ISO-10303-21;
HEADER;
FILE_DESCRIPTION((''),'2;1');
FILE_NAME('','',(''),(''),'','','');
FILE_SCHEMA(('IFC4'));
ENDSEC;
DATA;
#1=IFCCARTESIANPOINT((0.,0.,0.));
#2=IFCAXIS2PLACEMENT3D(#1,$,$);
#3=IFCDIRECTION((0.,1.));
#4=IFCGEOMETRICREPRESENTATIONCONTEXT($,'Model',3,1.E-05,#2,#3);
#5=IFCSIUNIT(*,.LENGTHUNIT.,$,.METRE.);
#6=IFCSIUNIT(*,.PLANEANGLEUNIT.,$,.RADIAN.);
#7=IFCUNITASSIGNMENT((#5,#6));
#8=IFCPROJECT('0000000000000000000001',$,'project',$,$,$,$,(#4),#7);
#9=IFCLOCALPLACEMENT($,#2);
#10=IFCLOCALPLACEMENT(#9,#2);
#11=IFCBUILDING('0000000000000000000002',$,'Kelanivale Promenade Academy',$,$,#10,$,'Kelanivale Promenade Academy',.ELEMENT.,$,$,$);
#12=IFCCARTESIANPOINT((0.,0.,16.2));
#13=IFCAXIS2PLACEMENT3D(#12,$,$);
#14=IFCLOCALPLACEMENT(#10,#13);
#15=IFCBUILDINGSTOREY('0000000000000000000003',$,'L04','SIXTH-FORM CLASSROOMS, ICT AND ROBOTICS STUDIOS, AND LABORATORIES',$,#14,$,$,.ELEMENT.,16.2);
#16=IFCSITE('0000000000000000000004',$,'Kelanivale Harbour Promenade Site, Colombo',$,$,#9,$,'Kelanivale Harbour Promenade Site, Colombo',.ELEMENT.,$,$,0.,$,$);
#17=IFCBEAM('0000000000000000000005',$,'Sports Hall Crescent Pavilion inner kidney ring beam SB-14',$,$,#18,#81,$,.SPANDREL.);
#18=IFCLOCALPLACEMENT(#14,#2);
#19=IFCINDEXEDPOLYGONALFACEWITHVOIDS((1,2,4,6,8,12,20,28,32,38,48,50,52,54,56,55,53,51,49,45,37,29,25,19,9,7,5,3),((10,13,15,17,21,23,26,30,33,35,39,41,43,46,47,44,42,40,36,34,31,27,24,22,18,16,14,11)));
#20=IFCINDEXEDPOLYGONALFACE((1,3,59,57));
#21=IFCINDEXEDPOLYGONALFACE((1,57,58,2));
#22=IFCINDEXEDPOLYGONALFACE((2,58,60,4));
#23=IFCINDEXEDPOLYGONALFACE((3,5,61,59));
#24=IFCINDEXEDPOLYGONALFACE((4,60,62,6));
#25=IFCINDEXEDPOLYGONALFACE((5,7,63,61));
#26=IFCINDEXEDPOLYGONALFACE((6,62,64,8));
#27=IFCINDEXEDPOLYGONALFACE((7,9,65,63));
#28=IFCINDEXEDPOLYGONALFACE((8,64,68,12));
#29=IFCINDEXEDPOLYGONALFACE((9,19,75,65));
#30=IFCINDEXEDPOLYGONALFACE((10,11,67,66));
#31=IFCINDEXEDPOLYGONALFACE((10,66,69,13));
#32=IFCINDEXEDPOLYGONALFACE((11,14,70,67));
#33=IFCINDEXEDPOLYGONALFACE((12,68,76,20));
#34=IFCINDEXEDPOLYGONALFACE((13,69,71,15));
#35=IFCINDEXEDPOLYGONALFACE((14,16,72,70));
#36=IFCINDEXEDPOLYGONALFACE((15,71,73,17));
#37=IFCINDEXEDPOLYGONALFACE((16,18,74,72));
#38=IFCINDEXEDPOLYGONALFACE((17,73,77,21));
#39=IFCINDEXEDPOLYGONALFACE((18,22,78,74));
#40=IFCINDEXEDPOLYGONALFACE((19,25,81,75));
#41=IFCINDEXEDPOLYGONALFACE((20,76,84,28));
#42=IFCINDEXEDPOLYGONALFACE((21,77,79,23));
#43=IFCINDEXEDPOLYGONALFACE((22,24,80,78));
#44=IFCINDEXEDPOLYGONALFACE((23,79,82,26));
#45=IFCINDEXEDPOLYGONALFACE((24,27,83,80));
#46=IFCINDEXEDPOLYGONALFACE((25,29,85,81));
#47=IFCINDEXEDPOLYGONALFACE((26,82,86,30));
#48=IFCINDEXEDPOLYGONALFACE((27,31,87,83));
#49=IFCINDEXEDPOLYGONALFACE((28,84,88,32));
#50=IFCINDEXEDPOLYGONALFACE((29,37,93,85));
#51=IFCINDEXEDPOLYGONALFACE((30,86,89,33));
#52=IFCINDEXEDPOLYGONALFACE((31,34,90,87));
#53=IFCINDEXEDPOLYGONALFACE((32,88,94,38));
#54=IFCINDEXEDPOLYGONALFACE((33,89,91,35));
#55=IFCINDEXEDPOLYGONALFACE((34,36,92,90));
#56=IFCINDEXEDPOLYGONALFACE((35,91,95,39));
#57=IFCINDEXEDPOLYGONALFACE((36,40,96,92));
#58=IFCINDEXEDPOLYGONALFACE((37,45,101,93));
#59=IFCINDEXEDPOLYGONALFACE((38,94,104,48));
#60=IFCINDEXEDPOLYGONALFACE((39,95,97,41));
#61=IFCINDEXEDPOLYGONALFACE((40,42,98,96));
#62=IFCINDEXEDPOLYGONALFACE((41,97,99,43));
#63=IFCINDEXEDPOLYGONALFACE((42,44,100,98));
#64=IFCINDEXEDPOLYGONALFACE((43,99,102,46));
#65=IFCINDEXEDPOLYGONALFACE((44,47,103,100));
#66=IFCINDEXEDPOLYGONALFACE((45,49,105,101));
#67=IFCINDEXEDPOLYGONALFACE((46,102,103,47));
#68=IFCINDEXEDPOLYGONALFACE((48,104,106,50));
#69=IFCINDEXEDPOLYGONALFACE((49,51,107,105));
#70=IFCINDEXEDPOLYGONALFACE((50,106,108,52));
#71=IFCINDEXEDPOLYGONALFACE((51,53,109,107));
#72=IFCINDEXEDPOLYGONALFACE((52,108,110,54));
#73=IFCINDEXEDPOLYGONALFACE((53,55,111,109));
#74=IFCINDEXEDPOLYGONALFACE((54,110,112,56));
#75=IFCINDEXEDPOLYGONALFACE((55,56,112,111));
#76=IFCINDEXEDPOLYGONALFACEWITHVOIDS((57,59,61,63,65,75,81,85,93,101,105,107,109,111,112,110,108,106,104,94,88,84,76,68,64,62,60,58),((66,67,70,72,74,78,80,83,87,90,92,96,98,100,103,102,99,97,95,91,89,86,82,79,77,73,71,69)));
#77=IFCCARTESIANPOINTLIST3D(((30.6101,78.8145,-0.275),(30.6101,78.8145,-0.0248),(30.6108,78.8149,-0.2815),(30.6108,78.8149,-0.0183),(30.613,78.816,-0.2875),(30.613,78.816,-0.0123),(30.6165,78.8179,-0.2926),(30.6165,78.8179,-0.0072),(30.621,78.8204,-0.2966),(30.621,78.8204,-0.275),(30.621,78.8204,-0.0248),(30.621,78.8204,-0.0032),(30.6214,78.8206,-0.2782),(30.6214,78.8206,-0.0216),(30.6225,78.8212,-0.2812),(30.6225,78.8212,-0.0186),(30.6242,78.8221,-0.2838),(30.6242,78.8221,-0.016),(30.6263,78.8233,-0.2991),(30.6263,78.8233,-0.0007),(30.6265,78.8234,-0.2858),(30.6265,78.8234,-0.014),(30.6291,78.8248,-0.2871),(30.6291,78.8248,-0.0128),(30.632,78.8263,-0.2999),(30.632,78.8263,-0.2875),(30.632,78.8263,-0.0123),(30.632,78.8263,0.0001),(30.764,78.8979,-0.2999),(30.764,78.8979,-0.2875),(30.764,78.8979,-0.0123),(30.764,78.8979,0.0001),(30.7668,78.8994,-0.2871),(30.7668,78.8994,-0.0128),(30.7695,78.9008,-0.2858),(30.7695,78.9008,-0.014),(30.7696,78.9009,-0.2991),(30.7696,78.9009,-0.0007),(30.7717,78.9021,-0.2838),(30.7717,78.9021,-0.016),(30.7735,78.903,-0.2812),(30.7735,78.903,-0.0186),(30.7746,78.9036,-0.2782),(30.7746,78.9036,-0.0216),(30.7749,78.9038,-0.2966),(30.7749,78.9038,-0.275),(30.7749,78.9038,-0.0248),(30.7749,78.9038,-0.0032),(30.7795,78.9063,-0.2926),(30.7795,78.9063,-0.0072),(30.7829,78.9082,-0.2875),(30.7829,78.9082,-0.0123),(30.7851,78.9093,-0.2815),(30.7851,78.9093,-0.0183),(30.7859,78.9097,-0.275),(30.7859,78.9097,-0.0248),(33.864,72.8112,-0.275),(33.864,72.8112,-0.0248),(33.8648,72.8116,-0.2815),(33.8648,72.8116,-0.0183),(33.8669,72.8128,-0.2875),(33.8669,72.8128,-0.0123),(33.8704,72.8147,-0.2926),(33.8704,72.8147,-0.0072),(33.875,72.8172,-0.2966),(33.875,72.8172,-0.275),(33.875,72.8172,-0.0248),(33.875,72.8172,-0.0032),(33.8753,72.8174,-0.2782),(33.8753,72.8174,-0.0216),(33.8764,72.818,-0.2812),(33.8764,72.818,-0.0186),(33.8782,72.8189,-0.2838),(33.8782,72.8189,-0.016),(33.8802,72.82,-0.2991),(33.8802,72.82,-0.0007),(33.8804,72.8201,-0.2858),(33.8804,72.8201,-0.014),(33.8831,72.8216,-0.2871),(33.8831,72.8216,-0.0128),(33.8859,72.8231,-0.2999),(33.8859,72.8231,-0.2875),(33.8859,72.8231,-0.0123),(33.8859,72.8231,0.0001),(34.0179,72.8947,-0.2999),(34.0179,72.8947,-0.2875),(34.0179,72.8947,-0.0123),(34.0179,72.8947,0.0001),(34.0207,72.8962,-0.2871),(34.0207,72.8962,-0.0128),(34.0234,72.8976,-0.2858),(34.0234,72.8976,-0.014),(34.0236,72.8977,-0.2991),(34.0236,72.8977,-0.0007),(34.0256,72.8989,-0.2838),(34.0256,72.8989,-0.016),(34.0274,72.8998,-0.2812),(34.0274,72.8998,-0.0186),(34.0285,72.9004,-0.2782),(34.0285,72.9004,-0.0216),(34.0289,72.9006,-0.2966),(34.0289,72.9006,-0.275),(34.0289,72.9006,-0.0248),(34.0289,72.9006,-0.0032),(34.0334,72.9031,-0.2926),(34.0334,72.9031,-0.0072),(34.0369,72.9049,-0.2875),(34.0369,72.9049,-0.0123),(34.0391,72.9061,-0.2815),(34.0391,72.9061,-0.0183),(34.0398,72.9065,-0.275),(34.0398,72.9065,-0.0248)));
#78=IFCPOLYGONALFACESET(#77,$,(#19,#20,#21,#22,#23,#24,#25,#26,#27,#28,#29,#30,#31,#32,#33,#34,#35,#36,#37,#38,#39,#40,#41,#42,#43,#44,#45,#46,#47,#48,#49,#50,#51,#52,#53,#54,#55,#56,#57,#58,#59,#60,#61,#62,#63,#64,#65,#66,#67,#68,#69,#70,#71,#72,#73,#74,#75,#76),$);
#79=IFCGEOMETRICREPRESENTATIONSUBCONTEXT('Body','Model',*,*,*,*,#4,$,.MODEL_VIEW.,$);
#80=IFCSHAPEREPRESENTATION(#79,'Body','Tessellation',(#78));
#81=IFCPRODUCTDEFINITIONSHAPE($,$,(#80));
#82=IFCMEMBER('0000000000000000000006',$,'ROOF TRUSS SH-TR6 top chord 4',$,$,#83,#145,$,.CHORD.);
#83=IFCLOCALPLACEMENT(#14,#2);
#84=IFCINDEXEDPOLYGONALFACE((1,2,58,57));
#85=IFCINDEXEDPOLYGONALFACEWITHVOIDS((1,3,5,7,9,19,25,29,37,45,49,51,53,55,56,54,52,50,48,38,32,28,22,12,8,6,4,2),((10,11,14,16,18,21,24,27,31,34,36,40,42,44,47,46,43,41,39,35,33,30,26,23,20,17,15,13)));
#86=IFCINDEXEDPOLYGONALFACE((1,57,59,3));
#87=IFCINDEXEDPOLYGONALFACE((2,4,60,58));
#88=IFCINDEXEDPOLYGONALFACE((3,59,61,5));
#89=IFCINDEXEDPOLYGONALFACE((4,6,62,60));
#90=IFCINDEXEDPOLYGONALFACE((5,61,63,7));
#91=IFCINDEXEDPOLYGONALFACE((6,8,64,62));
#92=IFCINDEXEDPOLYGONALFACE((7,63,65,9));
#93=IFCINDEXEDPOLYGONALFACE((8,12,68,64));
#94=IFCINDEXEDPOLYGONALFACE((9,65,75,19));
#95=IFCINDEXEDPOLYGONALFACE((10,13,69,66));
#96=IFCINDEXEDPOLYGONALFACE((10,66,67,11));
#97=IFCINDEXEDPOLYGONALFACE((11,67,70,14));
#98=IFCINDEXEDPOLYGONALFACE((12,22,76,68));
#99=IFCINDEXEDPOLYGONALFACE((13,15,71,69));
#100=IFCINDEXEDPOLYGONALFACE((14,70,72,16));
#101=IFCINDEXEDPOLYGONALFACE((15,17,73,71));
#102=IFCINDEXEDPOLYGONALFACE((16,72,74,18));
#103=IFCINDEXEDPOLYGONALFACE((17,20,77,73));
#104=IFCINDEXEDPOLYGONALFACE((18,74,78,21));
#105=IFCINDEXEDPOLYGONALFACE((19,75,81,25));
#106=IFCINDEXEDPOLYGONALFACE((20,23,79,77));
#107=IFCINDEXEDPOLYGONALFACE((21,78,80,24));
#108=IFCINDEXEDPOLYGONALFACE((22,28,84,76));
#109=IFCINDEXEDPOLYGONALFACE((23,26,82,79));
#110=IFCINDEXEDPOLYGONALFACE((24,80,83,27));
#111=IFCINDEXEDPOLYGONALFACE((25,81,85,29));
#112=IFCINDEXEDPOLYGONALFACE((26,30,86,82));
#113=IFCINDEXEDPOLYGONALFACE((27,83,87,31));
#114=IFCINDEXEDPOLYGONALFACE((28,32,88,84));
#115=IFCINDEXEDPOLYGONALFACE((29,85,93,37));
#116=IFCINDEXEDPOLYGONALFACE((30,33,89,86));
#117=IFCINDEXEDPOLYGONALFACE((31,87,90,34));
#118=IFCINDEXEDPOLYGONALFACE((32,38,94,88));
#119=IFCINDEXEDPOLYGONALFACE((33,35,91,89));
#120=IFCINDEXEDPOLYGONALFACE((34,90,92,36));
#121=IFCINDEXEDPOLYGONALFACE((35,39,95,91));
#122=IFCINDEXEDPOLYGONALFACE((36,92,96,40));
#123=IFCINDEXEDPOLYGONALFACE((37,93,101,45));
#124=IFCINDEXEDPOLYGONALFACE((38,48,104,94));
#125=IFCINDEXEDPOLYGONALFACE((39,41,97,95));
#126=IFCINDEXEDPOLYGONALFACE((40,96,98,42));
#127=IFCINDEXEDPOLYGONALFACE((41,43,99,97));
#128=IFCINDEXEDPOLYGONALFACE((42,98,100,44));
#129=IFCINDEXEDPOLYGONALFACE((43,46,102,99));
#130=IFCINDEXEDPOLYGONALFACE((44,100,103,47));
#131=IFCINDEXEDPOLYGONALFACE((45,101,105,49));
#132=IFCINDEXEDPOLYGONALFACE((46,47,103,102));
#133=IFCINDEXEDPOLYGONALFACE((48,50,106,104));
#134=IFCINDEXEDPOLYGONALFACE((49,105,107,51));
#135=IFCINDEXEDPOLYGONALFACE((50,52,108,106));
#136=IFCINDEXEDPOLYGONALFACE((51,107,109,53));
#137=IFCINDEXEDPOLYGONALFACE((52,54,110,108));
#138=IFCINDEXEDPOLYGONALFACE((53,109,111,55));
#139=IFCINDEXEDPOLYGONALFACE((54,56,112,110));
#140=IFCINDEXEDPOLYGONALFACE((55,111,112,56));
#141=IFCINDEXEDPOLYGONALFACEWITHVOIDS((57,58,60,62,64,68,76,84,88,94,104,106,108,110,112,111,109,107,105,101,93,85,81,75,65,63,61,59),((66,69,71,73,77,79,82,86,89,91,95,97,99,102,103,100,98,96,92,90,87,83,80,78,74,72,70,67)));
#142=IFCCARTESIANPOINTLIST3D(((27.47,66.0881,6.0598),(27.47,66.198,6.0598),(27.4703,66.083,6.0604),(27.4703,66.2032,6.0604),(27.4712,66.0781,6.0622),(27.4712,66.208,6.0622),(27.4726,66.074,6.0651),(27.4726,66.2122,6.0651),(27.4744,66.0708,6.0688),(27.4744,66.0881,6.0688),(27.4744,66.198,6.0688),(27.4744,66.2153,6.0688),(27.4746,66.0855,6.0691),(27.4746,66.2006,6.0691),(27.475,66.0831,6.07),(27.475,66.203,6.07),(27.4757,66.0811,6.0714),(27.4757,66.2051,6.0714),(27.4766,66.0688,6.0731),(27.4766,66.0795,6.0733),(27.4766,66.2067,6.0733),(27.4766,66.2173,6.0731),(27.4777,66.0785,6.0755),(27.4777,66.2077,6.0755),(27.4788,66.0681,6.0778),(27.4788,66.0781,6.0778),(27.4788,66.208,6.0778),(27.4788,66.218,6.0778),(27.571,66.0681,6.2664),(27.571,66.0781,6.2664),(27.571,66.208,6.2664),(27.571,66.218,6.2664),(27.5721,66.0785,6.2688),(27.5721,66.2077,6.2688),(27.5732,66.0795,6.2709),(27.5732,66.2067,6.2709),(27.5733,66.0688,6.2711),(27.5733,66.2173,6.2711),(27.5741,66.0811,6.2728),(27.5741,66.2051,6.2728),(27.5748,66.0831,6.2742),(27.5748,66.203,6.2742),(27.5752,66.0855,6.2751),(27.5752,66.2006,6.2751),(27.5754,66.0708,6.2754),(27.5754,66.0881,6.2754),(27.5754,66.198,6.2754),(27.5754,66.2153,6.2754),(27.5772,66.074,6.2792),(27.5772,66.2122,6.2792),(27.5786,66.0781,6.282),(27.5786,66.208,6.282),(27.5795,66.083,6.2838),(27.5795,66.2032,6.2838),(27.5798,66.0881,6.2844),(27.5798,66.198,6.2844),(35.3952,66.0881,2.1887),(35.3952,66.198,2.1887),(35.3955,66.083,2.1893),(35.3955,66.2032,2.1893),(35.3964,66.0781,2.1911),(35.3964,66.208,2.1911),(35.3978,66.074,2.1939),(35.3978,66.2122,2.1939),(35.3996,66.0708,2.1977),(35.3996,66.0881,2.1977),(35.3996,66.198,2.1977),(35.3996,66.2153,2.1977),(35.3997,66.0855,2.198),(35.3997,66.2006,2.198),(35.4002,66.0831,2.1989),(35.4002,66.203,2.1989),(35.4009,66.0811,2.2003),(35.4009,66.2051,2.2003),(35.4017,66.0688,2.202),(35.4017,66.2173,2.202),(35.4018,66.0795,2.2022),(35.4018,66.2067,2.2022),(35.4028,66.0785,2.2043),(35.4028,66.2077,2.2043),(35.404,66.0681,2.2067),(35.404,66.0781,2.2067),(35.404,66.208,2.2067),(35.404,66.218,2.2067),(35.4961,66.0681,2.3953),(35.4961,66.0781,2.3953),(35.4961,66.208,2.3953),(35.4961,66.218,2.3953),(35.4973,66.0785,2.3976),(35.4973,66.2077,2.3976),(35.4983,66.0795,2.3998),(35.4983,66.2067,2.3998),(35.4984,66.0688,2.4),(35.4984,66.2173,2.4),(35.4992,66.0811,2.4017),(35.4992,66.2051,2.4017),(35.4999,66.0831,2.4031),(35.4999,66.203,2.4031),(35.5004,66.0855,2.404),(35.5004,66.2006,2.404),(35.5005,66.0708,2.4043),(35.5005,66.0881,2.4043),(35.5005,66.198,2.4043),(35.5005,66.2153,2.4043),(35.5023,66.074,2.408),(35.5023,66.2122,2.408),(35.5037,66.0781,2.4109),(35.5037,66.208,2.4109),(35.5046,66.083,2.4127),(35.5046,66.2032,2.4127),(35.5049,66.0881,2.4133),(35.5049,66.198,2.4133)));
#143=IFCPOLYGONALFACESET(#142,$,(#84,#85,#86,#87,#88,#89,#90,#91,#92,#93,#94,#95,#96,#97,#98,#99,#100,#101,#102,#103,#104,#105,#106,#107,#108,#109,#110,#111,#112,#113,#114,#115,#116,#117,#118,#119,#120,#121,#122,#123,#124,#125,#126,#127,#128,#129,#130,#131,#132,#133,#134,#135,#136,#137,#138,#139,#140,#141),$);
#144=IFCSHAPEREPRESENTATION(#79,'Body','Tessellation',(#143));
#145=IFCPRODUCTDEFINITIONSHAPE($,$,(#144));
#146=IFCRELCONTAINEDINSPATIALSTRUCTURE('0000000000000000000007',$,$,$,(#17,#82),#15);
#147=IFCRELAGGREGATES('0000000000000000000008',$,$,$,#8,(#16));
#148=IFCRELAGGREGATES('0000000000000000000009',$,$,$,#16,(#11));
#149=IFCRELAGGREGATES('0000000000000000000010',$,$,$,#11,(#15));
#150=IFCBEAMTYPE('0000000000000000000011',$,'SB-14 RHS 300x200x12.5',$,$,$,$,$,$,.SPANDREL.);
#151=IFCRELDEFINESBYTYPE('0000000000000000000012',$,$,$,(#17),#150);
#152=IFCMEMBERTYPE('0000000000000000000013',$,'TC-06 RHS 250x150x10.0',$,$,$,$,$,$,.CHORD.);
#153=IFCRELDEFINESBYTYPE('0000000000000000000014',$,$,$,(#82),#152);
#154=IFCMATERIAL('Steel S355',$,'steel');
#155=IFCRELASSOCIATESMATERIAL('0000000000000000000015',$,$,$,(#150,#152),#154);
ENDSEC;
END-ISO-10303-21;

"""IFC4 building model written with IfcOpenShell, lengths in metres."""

from ifc_helpers import new_model, si_unit, direction, frame, origin, origin_2d, place, context, subcontext, project, spatial, hollow_rectangle, extrude, material, material_profile, profile_set, type_object, element, save


model = new_model("IFC4")

# Units and contexts
model_context = context("Model", 3, precision=1e-05, world=origin(), true_north=direction((0.0, 1.0)))
body_context = subcontext(model_context, "Body", "Model", "MODEL_VIEW")
ifc_project = project(units=[si_unit("LENGTHUNIT", "METRE"), si_unit("PLANEANGLEUNIT", "RADIAN")], contexts=[model_context])

# Site, building, storey
site_placement = place(None, origin())
site = spatial("IfcSite", under=ifc_project, at=site_placement, Name="Kelanivale Harbour Promenade Site, Colombo", LongName="Kelanivale Harbour Promenade Site, Colombo", CompositionType="ELEMENT", RefElevation=0.0)
building_placement = place(site_placement, origin())
building = spatial("IfcBuilding", under=site, at=building_placement, Name="Kelanivale Promenade Academy", LongName="Kelanivale Promenade Academy", CompositionType="ELEMENT")
storey_placement = place(building_placement, frame((0.0, 0.0, 16.2)))
storey = spatial("IfcBuildingStorey", under=building, at=storey_placement, Name="L04", Description="SIXTH-FORM CLASSROOMS, ICT AND ROBOTICS STUDIOS, AND LABORATORIES", CompositionType="ELEMENT", Elevation=16.2)

# Shared definitions
ifc_material_1 = material(Name="Steel S355", Category="steel")

# Beam
ifc_material_profile_1 = material_profile(ifc_material_1, hollow_rectangle(XDim=0.2, YDim=0.3, WallThickness=0.0125, InnerFilletRadius=0.0125, OuterFilletRadius=0.0249, at=origin_2d()), Name="RHS 300x200x12.5")
ifc_profile_set_1 = profile_set([ifc_material_profile_1], Name="Steel S355")
beam_type = type_object("IfcBeamType", Name="SB-14 RHS 300x200x12.5", PredefinedType="SPANDREL", material=ifc_profile_set_1)
beam_placement = place(storey_placement, frame((33.9519, 72.8589, -0.1499), z_axis=(-0.476531, 0.879158, 0.0), x_axis=(-0.879158, -0.476531, 0.0)))
element("IfcBeam", 1, at=beam_placement, inside=storey, type_object=beam_type, Name="Sports Hall Crescent Pavilion inner kidney ring beam SB-14", PredefinedType="SPANDREL", context=body_context, shape_type="SweptSolid", body=[
    extrude(hollow_rectangle(XDim=0.2, YDim=0.3, WallThickness=0.0125, InnerFilletRadius=0.0125, OuterFilletRadius=0.0249, at=origin_2d()), origin(), (0.0, 0.0, 1.0), 6.8284),
])

# Member
ifc_material_profile_2 = material_profile(ifc_material_1, hollow_rectangle(XDim=0.1499, YDim=0.25, WallThickness=0.01, InnerFilletRadius=0.01, OuterFilletRadius=0.02, at=origin_2d()), Name="RHS 250x150x10.0")
ifc_profile_set_2 = profile_set([ifc_material_profile_2], Name="Steel S355")
member_type_1 = type_object("IfcMemberType", Name="TC-06 RHS 250x150x10.0", PredefinedType="CHORD", material=ifc_profile_set_2)
member_1_placement = place(storey_placement, frame((27.5249, 66.1431, 6.1721), z_axis=(0.898535, 0.0, -0.438901), x_axis=(0.0, 1.0, 0.0)))
element("IfcMember", 2, at=member_1_placement, inside=storey, type_object=member_type_1, Name="ROOF TRUSS SH-TR6 top chord 4", PredefinedType="CHORD", context=body_context, shape_type="SweptSolid", body=[
    extrude(hollow_rectangle(XDim=0.1499, YDim=0.25, WallThickness=0.01, InnerFilletRadius=0.01, OuterFilletRadius=0.02, at=origin_2d()), origin(), (0.0, 0.0, 1.0), 8.8201),
])

save(model, "model.ifc")
